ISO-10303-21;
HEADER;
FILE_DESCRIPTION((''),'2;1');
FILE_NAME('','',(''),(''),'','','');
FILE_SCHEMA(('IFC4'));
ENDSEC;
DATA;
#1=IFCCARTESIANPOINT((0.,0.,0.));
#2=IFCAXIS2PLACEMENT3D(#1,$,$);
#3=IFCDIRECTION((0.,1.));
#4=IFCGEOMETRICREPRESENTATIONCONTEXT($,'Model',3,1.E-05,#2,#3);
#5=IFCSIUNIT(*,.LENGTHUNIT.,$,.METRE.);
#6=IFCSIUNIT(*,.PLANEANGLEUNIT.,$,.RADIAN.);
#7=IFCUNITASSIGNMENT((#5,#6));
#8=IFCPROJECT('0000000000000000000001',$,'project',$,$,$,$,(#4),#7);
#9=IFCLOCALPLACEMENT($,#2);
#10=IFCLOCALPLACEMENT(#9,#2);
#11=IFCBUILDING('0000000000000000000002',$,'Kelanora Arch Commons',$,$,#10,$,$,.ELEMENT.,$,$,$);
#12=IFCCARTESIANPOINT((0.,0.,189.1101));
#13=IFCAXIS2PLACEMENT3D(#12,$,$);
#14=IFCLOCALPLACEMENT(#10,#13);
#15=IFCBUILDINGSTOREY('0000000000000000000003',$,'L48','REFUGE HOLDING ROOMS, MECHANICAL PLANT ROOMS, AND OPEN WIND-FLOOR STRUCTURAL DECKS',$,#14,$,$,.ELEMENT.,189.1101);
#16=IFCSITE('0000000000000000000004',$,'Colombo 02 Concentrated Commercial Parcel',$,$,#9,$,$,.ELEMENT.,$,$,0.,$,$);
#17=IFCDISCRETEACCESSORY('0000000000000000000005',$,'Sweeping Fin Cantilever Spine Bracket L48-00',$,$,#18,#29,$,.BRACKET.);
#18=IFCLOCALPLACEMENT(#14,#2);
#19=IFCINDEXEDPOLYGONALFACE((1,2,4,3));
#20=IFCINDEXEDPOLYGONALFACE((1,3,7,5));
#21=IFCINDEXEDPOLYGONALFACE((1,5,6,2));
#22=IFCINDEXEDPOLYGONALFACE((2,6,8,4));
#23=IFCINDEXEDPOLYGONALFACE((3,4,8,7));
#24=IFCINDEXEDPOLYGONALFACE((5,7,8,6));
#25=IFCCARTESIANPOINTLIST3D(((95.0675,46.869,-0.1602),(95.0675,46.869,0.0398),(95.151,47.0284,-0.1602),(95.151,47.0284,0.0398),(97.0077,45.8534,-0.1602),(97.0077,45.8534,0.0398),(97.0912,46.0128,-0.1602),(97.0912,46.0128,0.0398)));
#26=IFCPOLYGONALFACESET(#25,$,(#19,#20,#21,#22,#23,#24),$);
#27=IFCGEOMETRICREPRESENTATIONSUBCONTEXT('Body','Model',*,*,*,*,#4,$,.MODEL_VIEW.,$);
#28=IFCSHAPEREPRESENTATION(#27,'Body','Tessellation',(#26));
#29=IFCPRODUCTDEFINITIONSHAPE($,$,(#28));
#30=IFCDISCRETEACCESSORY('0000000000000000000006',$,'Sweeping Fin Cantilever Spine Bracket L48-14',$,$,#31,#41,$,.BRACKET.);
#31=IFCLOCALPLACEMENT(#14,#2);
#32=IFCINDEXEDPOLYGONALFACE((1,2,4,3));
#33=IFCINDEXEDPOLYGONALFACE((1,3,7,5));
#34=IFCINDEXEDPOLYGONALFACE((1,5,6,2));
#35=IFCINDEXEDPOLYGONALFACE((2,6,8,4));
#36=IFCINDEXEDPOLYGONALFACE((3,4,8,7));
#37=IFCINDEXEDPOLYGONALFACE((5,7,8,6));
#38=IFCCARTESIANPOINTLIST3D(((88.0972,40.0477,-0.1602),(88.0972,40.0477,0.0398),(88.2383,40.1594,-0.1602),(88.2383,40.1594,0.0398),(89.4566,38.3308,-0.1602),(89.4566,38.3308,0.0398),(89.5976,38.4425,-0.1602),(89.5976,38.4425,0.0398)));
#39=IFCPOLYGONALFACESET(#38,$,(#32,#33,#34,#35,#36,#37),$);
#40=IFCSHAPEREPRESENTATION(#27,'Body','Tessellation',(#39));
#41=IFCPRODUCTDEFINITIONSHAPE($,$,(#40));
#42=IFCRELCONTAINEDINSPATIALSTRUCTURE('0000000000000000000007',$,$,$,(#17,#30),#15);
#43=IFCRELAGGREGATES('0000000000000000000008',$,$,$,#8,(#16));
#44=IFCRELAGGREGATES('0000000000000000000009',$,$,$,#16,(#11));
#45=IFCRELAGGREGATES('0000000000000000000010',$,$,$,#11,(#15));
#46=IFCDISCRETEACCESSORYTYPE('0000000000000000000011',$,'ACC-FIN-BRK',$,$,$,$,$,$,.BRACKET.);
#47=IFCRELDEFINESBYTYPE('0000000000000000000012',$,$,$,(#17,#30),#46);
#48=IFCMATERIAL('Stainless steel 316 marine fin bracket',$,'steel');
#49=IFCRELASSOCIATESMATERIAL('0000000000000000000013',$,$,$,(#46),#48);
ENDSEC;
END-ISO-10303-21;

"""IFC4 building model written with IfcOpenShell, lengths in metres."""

from ifc_helpers import new_model, si_unit, direction, frame, origin, origin_2d, place, context, subcontext, project, spatial, rectangle, extrude, source, transform, mapped, material, type_object, element, save


model = new_model("IFC4")

# Units and contexts
model_context = context("Model", 3, precision=1e-05, world=origin(), true_north=direction((0.0, 1.0)))
body_context = subcontext(model_context, "Body", "Model", "MODEL_VIEW")
ifc_project = project(units=[si_unit("LENGTHUNIT", "METRE"), si_unit("PLANEANGLEUNIT", "RADIAN")], contexts=[model_context])

# Site, building, storey
site_placement = place(None, origin())
site = spatial("IfcSite", under=ifc_project, at=site_placement, Name="Colombo 02 Concentrated Commercial Parcel", CompositionType="ELEMENT", RefElevation=0.0)
building_placement = place(site_placement, origin())
building = spatial("IfcBuilding", under=site, at=building_placement, Name="Kelanora Arch Commons", CompositionType="ELEMENT")
storey_placement = place(building_placement, frame((0.0, 0.0, 189.1101)))
storey = spatial("IfcBuildingStorey", under=building, at=storey_placement, Name="L48", Description="REFUGE HOLDING ROOMS, MECHANICAL PLANT ROOMS, AND OPEN WIND-FLOOR STRUCTURAL DECKS", CompositionType="ELEMENT", Elevation=189.1101)

# Discrete accessories
ifc_material_1 = material(Name="Stainless steel 316 marine fin bracket", Category="steel")
discrete_accessory_type_1 = type_object("IfcDiscreteAccessoryType", Name="ACC-FIN-BRK", PredefinedType="BRACKET", material=ifc_material_1)
shared_shape_1 = source(origin(), body_context, "Body", "SweptSolid", [
    extrude(rectangle(XDim=2.1899, YDim=0.1799, at=origin_2d()), origin(), (0.0, 0.0, 1.0), 0.2),
])
for number, where, z_axis, x_axis, name in (
    (1, (96.0793, 46.4409, -0.1602), (0.0, 0.0, 1.0), (0.885961, -0.46376, 0.0), "Sweeping Fin Cantilever Spine Bracket L48-00"),
    (2, (88.8474, 39.2451, -0.1602), (0.0, 0.0, 1.0), (0.620737, -0.784019, 0.0), "Sweeping Fin Cantilever Spine Bracket L48-14"),
):
    element("IfcDiscreteAccessory", number, at=place(storey_placement, frame(where, z_axis=z_axis, x_axis=x_axis)), inside=storey, type_object=discrete_accessory_type_1, Name=name, PredefinedType="BRACKET", context=body_context, shape_type="MappedRepresentation", body=[
        mapped(shared_shape_1, transform((0.0, 0.0, 0.0), scale=1.0)),
    ])

save(model, "model.ifc")
